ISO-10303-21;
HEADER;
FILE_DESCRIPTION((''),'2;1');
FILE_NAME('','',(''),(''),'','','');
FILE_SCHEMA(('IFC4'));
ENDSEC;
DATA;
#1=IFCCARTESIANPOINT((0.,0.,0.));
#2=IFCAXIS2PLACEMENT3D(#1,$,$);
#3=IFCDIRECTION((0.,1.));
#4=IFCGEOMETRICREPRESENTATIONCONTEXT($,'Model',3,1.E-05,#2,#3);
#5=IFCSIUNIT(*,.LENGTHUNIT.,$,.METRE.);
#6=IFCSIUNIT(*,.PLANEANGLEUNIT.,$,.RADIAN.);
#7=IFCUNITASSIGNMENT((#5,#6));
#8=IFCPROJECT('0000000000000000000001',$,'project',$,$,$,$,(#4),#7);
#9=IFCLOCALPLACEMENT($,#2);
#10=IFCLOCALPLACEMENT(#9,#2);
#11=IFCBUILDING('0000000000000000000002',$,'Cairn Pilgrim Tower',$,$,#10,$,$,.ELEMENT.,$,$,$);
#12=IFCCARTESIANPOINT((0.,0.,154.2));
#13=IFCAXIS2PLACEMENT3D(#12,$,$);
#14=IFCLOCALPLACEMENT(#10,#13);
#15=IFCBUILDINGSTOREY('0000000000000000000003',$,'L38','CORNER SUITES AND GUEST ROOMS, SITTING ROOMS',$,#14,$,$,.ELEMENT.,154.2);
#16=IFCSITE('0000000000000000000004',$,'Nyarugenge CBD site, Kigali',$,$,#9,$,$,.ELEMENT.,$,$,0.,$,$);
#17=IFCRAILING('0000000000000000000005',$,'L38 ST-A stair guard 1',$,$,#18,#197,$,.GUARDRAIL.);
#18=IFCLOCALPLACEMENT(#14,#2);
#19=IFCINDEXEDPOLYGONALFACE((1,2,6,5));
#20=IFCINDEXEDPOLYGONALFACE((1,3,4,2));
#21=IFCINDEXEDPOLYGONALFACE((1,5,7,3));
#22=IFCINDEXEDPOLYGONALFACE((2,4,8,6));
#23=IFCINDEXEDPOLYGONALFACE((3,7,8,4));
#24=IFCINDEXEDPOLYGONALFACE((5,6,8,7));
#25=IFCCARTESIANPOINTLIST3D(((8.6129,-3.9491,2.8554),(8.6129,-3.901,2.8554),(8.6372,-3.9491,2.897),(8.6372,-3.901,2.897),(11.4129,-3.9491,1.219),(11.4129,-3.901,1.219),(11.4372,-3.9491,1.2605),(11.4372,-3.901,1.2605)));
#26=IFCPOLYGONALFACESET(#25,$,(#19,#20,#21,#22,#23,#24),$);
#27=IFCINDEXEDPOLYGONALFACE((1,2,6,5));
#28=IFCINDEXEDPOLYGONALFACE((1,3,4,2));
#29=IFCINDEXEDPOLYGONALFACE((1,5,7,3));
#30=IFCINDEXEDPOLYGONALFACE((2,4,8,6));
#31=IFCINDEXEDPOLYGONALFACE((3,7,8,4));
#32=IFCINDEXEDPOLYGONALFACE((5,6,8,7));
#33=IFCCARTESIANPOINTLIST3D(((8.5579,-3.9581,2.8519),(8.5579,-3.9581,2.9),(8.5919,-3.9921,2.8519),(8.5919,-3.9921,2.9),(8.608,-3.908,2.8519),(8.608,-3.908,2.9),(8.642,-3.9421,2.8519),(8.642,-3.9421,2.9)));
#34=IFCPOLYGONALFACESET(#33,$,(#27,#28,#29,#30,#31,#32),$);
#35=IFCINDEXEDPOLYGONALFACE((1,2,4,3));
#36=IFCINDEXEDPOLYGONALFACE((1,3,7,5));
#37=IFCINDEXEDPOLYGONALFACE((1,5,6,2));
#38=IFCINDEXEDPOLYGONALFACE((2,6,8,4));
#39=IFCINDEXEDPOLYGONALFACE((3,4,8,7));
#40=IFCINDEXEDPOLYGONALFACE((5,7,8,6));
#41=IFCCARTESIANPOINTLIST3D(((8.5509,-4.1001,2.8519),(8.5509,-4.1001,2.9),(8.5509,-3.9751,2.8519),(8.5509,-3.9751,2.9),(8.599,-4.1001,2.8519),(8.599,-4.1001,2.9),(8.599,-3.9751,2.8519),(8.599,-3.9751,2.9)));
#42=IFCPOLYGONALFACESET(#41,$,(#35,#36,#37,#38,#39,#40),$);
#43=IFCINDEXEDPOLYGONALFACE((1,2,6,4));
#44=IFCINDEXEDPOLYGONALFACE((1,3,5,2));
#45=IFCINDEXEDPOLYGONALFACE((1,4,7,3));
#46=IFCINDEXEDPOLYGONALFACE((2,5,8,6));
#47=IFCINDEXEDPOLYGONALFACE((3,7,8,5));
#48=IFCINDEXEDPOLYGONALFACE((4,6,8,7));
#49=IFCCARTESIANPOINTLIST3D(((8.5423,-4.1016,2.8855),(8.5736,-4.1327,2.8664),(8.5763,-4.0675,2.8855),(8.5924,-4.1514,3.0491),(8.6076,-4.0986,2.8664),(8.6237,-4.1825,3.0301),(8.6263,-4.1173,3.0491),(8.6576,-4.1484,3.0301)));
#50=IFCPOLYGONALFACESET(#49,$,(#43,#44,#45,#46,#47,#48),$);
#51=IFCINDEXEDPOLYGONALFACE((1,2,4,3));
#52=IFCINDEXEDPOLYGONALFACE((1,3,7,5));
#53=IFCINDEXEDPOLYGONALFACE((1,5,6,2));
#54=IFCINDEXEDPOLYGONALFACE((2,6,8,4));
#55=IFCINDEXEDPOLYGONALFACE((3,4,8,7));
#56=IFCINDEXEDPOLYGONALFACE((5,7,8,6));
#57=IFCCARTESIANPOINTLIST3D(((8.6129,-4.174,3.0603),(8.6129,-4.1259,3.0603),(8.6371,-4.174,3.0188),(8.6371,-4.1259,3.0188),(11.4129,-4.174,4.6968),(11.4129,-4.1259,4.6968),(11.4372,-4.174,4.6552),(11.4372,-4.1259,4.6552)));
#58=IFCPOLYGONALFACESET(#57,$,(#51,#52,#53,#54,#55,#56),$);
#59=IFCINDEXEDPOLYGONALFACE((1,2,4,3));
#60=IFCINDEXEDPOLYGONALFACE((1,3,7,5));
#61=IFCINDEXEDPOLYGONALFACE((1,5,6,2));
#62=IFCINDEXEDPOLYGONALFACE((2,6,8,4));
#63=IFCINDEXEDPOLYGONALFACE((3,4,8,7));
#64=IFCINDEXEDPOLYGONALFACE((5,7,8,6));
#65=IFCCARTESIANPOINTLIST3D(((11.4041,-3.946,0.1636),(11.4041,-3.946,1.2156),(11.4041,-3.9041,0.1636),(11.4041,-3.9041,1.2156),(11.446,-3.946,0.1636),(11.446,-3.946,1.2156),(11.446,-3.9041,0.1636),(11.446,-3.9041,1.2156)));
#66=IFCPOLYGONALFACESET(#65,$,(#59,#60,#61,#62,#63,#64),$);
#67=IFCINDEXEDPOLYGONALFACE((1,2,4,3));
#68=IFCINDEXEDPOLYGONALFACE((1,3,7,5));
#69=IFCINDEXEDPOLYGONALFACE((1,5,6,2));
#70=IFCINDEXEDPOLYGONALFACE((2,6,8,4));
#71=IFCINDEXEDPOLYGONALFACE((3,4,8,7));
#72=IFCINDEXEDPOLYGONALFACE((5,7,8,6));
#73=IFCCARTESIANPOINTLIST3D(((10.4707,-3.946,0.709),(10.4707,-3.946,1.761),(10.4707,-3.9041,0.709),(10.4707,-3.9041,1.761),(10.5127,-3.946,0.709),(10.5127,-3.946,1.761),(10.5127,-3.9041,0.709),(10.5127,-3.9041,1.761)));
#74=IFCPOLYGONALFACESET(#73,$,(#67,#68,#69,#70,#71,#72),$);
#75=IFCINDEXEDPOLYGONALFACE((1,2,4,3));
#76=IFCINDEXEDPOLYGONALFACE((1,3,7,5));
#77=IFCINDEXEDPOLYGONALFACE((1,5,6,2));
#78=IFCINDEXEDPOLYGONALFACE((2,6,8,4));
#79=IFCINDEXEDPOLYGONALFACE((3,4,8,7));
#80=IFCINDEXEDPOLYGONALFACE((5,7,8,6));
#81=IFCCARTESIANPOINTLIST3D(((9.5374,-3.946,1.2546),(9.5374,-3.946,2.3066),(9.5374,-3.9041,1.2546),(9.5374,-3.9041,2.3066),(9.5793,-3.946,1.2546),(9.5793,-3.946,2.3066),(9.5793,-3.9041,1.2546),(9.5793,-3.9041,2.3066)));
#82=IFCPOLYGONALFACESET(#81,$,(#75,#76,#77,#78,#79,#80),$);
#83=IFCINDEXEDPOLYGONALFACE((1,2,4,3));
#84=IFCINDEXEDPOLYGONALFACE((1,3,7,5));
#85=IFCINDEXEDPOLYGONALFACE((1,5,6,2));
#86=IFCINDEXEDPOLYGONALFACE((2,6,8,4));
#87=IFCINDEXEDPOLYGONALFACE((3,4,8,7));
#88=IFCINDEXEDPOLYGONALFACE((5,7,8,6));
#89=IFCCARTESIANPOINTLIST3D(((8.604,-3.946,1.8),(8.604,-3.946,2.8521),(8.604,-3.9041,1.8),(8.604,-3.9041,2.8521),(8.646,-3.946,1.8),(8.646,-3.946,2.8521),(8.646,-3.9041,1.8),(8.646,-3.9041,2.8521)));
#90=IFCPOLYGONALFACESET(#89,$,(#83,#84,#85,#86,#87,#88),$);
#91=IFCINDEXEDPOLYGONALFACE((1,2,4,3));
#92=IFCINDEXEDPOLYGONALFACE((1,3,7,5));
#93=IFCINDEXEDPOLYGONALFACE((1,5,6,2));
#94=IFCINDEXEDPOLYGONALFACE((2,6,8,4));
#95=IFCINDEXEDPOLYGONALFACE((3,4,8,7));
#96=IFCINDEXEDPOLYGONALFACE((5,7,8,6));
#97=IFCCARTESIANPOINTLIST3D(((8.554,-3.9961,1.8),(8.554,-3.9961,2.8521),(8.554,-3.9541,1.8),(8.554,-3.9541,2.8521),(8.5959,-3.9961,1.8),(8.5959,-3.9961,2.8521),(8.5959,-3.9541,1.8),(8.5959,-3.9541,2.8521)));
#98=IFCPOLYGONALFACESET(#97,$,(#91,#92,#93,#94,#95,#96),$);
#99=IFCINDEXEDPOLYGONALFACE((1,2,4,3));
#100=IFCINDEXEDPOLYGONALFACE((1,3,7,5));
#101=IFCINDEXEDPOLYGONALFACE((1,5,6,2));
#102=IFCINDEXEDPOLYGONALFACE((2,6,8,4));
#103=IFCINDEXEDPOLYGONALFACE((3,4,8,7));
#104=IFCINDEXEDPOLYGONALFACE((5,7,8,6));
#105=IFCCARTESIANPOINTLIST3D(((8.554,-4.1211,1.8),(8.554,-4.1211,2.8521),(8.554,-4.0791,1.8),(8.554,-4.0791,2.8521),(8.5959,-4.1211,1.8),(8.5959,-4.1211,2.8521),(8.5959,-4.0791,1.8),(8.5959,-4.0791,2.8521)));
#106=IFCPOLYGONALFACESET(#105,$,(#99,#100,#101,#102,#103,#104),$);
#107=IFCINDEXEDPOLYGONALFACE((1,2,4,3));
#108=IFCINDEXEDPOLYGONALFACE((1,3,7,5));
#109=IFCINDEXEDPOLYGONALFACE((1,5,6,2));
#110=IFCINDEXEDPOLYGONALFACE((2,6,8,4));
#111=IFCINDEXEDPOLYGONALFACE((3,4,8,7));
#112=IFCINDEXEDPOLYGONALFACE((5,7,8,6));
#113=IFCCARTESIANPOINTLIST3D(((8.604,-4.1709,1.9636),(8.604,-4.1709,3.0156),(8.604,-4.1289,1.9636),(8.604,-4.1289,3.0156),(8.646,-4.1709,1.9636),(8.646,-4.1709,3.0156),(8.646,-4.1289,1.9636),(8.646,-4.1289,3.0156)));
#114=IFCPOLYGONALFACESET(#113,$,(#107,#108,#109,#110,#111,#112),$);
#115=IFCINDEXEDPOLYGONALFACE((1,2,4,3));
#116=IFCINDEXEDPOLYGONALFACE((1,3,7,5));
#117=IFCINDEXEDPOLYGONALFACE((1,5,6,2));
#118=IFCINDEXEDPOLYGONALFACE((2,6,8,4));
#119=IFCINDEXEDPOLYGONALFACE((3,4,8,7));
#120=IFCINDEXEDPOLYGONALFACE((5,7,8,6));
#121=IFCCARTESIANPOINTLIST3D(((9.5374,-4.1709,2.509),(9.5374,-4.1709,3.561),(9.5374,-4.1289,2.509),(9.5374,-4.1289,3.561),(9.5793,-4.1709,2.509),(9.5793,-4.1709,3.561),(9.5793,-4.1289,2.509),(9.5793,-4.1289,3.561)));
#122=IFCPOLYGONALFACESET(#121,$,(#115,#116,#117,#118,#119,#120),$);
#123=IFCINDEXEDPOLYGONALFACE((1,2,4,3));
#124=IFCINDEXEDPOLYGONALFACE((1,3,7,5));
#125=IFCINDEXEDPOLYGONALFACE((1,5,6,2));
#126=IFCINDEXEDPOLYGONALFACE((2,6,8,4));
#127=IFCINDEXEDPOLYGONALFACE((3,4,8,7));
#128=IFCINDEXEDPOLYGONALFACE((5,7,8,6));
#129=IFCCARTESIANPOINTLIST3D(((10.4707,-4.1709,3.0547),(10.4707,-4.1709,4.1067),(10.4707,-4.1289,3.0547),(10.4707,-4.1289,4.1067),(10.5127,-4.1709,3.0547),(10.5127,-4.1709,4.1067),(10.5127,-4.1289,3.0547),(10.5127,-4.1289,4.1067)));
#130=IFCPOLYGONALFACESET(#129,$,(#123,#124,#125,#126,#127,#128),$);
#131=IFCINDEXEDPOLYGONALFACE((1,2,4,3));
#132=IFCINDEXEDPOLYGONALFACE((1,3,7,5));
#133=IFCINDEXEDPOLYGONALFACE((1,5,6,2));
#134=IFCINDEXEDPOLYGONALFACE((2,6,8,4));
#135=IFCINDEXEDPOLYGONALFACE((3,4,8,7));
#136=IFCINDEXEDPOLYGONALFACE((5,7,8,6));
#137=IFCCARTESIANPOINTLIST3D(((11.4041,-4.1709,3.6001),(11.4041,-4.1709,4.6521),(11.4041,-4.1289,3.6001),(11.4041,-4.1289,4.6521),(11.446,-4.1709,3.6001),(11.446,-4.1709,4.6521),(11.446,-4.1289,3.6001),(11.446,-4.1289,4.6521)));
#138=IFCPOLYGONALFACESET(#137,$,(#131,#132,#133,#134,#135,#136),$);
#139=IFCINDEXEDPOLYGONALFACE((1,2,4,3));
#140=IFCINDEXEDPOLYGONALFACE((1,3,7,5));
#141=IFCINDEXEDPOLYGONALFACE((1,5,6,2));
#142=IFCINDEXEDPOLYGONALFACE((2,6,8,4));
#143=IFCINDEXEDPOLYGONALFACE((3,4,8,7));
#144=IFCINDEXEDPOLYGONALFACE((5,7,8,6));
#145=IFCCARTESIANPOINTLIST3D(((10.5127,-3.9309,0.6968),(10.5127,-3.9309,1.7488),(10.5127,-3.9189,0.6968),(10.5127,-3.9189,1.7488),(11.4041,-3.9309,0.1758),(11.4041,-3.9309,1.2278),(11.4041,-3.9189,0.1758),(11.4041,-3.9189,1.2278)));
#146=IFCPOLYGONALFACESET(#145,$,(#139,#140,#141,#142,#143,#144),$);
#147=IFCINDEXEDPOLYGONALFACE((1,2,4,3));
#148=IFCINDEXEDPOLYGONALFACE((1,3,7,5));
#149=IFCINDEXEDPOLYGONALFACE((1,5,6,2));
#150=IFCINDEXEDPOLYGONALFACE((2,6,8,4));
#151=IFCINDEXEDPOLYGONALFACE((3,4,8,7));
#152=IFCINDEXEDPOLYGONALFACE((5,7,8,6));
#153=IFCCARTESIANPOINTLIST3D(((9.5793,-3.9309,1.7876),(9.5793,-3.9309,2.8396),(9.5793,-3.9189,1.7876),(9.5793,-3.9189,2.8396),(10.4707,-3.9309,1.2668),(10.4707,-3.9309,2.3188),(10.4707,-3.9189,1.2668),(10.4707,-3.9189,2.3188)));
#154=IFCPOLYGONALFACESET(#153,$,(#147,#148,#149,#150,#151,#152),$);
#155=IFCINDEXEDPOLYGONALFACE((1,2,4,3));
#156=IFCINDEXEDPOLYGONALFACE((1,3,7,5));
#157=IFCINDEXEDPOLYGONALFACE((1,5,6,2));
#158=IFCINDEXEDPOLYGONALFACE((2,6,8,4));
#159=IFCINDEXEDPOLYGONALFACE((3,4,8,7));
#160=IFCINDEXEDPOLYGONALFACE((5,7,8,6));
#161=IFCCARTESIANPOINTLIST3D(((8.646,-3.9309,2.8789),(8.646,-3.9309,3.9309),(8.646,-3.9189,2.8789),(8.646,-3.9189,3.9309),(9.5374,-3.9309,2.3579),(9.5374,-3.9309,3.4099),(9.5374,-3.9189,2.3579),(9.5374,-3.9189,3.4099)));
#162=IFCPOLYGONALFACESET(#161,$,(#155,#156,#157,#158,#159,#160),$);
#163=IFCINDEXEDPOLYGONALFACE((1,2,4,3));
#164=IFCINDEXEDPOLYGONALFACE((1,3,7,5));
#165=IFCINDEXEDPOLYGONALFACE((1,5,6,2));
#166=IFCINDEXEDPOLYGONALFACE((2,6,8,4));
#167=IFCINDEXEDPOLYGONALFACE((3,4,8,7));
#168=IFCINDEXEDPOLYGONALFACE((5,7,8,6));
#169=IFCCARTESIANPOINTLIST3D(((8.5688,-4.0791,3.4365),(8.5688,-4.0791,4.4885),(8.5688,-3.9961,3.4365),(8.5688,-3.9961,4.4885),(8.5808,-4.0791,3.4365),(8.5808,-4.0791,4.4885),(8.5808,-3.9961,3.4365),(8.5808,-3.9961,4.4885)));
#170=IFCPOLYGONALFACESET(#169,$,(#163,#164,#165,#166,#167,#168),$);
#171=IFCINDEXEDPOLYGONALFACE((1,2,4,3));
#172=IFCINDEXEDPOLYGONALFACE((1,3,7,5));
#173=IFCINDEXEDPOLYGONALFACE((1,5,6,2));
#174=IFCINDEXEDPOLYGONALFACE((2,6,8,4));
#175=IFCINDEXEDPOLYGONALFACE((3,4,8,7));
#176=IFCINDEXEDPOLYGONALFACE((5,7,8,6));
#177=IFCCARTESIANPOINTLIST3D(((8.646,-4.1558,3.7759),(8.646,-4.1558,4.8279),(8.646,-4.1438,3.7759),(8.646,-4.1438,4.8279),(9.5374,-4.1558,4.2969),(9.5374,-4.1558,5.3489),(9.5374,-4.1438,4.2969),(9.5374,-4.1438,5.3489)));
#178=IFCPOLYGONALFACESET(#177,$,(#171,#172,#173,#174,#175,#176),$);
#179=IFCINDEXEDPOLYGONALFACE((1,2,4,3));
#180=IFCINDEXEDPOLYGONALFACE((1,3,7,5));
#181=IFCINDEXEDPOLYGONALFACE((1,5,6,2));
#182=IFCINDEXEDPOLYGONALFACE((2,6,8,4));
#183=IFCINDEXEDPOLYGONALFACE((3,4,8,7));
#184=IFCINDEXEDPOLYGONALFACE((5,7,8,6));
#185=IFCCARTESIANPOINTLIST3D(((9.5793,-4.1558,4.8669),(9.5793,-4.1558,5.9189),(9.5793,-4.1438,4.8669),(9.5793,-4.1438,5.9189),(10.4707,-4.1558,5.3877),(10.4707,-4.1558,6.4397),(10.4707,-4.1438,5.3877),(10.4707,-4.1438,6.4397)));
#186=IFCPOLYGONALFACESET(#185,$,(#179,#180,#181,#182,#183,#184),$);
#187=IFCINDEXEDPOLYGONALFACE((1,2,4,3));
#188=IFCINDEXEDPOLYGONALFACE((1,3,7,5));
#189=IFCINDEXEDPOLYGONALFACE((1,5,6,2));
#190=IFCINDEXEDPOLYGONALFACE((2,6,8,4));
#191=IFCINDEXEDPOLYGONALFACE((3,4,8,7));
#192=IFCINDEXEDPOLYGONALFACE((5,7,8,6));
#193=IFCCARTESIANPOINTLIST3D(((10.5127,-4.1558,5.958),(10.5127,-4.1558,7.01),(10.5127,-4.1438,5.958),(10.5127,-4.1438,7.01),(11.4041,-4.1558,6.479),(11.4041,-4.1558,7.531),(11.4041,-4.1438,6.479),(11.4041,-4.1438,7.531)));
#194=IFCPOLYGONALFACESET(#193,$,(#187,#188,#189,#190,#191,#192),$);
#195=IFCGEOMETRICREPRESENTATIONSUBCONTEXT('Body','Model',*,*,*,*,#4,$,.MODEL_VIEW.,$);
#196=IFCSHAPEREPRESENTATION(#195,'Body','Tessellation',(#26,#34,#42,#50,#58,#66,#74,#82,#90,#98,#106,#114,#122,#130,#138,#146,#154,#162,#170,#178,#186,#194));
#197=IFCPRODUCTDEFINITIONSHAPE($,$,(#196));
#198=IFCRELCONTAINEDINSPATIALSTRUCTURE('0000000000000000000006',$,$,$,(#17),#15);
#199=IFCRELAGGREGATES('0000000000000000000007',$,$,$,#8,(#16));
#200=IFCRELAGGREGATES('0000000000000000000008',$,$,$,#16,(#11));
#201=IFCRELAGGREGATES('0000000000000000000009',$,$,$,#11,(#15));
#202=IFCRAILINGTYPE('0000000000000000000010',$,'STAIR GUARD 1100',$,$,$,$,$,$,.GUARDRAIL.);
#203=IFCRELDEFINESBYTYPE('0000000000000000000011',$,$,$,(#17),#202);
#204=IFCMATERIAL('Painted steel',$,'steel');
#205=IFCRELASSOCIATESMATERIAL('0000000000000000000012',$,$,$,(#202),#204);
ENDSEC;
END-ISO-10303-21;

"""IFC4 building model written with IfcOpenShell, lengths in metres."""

from ifc_helpers import new_model, si_unit, direction, frame, origin, origin_2d, place, context, subcontext, project, spatial, polyline, rectangle, outline, extrude, material, type_object, element, save


model = new_model("IFC4")

# Units and contexts
model_context = context("Model", 3, precision=1e-05, world=origin(), true_north=direction((0.0, 1.0)))
body_context = subcontext(model_context, "Body", "Model", "MODEL_VIEW")
ifc_project = project(units=[si_unit("LENGTHUNIT", "METRE"), si_unit("PLANEANGLEUNIT", "RADIAN")], contexts=[model_context])

# Site, building, storey
site_placement = place(None, origin())
site = spatial("IfcSite", under=ifc_project, at=site_placement, Name="Nyarugenge CBD site, Kigali", CompositionType="ELEMENT", RefElevation=0.0)
building_placement = place(site_placement, origin())
building = spatial("IfcBuilding", under=site, at=building_placement, Name="Cairn Pilgrim Tower", CompositionType="ELEMENT")
storey_placement = place(building_placement, frame((0.0, 0.0, 154.2)))
storey = spatial("IfcBuildingStorey", under=building, at=storey_placement, Name="L38", Description="CORNER SUITES AND GUEST ROOMS, SITTING ROOMS", CompositionType="ELEMENT", Elevation=154.2)

# Shared definitions
ifc_material_1 = material(Name="Painted steel", Category="steel")

# Railing
railing_type_1 = type_object("IfcRailingType", Name="STAIR GUARD 1100", PredefinedType="GUARDRAIL", material=ifc_material_1)
railing_1_placement = place(storey_placement, frame((11.425, -3.925, 0.1636)))
element("IfcRailing", 1, at=railing_1_placement, inside=storey, type_object=railing_type_1, Name="L38 ST-A stair guard 1", PredefinedType="GUARDRAIL", context=body_context, shape_type="SweptSolid", body=[
    extrude(rectangle(XDim=0.0481, YDim=0.0481, at=origin_2d()), frame((0.0, 0.0, 1.0762), z_axis=(-0.863361, 0.0, 0.504587), x_axis=(0.0, -1.0, 0.0)), (0.0, 0.0, 1.0), 3.2432),
    extrude(rectangle(XDim=0.0481, YDim=0.0481, at=origin_2d()), frame((-2.8, 0.0, 2.7124), z_axis=(-0.707107, -0.707107, 0.0), x_axis=(0.707107, -0.707107, 0.0)), (0.0, 0.0, 1.0), 0.0708),
    extrude(rectangle(XDim=0.0481, YDim=0.0481, at=origin_2d()), frame((-2.8501, -0.05, 2.7124), z_axis=(0.0, -1.0, 0.0), x_axis=(1.0, 0.0, 0.0)), (0.0, 0.0, 1.0), 0.125),
    extrude(rectangle(XDim=0.0481, YDim=0.0481, at=origin_2d()), frame((-2.8501, -0.175, 2.7124), z_axis=(0.280917, -0.279546, 0.918118), x_axis=(0.705376, 0.708834, 0.0)), (0.0, 0.0, 1.0), 0.1782),
    extrude(rectangle(XDim=0.0481, YDim=0.0481, at=origin_2d()), frame((-2.8, -0.2249, 2.876), z_axis=(0.863361, 0.0, 0.504587), x_axis=(0.0, 1.0, 0.0)), (0.0, 0.0, 1.0), 3.2432),
    extrude(rectangle(XDim=0.042, YDim=0.042, at=origin_2d()), origin(), (0.0, 0.0, 1.0), 1.052),
    extrude(rectangle(XDim=0.042, YDim=0.042, at=origin_2d()), frame((-0.9333, 0.0, 0.5454)), (0.0, 0.0, 1.0), 1.052),
    extrude(rectangle(XDim=0.042, YDim=0.042, at=origin_2d()), frame((-1.8667, 0.0, 1.0911)), (0.0, 0.0, 1.0), 1.052),
    extrude(rectangle(XDim=0.042, YDim=0.042, at=origin_2d()), frame((-2.8, 0.0, 1.6365)), (0.0, 0.0, 1.0), 1.052),
    extrude(rectangle(XDim=0.042, YDim=0.042, at=origin_2d()), frame((-2.8501, -0.05, 1.6365)), (0.0, 0.0, 1.0), 1.052),
    extrude(rectangle(XDim=0.042, YDim=0.042, at=origin_2d()), frame((-2.8501, -0.175, 1.6365)), (0.0, 0.0, 1.0), 1.052),
    extrude(rectangle(XDim=0.042, YDim=0.042, at=origin_2d()), frame((-2.8, -0.2249, 1.8)), (0.0, 0.0, 1.0), 1.052),
    extrude(rectangle(XDim=0.042, YDim=0.042, at=origin_2d()), frame((-1.8667, -0.2249, 2.3455)), (0.0, 0.0, 1.0), 1.052),
    extrude(rectangle(XDim=0.042, YDim=0.042, at=origin_2d()), frame((-0.9333, -0.2249, 2.8911)), (0.0, 0.0, 1.0), 1.052),
    extrude(rectangle(XDim=0.042, YDim=0.042, at=origin_2d()), frame((0.0, -0.2249, 3.4365)), (0.0, 0.0, 1.0), 1.052),
    extrude(outline(polyline([(0.021, 0.0122), (0.9124, 0.5332), (0.9124, 1.5852), (0.021, 1.0642), (0.021, 0.0122)])), frame((0.0, -0.0059, 0.0), z_axis=(0.0, 1.0, 0.0), x_axis=(-1.0, 0.0, 0.0)), (0.0, 0.0, 1.0), 0.012),
    extrude(outline(polyline([(0.021, 0.5579), (0.9124, 1.0786), (0.9124, 2.1306), (0.021, 1.6099), (0.021, 0.5579)])), frame((-0.9333, -0.0059, 0.5454), z_axis=(0.0, 1.0, 0.0), x_axis=(-1.0, 0.0, 0.0)), (0.0, 0.0, 1.0), 0.012),
    extrude(outline(polyline([(0.021, 1.1033), (0.9124, 1.6243), (0.9124, 2.6763), (0.021, 2.1553), (0.021, 1.1033)])), frame((-1.8667, -0.0059, 1.0911), z_axis=(0.0, 1.0, 0.0), x_axis=(-1.0, 0.0, 0.0)), (0.0, 0.0, 1.0), 0.012),
    extrude(outline(polyline([(0.021, 1.6365), (0.104, 1.6365), (0.104, 2.6885), (0.021, 2.6885), (0.021, 1.6365)])), frame((-2.8442, -0.05, 1.6365), z_axis=(-1.0, 0.0, 0.0), x_axis=(0.0, -1.0, 0.0)), (0.0, 0.0, 1.0), 0.012),
    extrude(outline(polyline([(0.021, 1.8123), (0.9124, 2.3333), (0.9124, 3.3853), (0.021, 2.8643), (0.021, 1.8123)])), frame((-2.8, -0.2188, 1.8), z_axis=(0.0, -1.0, 0.0), x_axis=(1.0, 0.0, 0.0)), (0.0, 0.0, 1.0), 0.012),
    extrude(outline(polyline([(0.021, 2.3579), (0.9124, 2.8787), (0.9124, 3.9307), (0.021, 3.4099), (0.021, 2.3579)])), frame((-1.8667, -0.2188, 2.3455), z_axis=(0.0, -1.0, 0.0), x_axis=(1.0, 0.0, 0.0)), (0.0, 0.0, 1.0), 0.012),
    extrude(outline(polyline([(0.021, 2.9033), (0.9124, 3.4243), (0.9124, 4.4763), (0.021, 3.9553), (0.021, 2.9033)])), frame((-0.9333, -0.2188, 2.8911), z_axis=(0.0, -1.0, 0.0), x_axis=(1.0, 0.0, 0.0)), (0.0, 0.0, 1.0), 0.012),
])

save(model, "model.ifc")
